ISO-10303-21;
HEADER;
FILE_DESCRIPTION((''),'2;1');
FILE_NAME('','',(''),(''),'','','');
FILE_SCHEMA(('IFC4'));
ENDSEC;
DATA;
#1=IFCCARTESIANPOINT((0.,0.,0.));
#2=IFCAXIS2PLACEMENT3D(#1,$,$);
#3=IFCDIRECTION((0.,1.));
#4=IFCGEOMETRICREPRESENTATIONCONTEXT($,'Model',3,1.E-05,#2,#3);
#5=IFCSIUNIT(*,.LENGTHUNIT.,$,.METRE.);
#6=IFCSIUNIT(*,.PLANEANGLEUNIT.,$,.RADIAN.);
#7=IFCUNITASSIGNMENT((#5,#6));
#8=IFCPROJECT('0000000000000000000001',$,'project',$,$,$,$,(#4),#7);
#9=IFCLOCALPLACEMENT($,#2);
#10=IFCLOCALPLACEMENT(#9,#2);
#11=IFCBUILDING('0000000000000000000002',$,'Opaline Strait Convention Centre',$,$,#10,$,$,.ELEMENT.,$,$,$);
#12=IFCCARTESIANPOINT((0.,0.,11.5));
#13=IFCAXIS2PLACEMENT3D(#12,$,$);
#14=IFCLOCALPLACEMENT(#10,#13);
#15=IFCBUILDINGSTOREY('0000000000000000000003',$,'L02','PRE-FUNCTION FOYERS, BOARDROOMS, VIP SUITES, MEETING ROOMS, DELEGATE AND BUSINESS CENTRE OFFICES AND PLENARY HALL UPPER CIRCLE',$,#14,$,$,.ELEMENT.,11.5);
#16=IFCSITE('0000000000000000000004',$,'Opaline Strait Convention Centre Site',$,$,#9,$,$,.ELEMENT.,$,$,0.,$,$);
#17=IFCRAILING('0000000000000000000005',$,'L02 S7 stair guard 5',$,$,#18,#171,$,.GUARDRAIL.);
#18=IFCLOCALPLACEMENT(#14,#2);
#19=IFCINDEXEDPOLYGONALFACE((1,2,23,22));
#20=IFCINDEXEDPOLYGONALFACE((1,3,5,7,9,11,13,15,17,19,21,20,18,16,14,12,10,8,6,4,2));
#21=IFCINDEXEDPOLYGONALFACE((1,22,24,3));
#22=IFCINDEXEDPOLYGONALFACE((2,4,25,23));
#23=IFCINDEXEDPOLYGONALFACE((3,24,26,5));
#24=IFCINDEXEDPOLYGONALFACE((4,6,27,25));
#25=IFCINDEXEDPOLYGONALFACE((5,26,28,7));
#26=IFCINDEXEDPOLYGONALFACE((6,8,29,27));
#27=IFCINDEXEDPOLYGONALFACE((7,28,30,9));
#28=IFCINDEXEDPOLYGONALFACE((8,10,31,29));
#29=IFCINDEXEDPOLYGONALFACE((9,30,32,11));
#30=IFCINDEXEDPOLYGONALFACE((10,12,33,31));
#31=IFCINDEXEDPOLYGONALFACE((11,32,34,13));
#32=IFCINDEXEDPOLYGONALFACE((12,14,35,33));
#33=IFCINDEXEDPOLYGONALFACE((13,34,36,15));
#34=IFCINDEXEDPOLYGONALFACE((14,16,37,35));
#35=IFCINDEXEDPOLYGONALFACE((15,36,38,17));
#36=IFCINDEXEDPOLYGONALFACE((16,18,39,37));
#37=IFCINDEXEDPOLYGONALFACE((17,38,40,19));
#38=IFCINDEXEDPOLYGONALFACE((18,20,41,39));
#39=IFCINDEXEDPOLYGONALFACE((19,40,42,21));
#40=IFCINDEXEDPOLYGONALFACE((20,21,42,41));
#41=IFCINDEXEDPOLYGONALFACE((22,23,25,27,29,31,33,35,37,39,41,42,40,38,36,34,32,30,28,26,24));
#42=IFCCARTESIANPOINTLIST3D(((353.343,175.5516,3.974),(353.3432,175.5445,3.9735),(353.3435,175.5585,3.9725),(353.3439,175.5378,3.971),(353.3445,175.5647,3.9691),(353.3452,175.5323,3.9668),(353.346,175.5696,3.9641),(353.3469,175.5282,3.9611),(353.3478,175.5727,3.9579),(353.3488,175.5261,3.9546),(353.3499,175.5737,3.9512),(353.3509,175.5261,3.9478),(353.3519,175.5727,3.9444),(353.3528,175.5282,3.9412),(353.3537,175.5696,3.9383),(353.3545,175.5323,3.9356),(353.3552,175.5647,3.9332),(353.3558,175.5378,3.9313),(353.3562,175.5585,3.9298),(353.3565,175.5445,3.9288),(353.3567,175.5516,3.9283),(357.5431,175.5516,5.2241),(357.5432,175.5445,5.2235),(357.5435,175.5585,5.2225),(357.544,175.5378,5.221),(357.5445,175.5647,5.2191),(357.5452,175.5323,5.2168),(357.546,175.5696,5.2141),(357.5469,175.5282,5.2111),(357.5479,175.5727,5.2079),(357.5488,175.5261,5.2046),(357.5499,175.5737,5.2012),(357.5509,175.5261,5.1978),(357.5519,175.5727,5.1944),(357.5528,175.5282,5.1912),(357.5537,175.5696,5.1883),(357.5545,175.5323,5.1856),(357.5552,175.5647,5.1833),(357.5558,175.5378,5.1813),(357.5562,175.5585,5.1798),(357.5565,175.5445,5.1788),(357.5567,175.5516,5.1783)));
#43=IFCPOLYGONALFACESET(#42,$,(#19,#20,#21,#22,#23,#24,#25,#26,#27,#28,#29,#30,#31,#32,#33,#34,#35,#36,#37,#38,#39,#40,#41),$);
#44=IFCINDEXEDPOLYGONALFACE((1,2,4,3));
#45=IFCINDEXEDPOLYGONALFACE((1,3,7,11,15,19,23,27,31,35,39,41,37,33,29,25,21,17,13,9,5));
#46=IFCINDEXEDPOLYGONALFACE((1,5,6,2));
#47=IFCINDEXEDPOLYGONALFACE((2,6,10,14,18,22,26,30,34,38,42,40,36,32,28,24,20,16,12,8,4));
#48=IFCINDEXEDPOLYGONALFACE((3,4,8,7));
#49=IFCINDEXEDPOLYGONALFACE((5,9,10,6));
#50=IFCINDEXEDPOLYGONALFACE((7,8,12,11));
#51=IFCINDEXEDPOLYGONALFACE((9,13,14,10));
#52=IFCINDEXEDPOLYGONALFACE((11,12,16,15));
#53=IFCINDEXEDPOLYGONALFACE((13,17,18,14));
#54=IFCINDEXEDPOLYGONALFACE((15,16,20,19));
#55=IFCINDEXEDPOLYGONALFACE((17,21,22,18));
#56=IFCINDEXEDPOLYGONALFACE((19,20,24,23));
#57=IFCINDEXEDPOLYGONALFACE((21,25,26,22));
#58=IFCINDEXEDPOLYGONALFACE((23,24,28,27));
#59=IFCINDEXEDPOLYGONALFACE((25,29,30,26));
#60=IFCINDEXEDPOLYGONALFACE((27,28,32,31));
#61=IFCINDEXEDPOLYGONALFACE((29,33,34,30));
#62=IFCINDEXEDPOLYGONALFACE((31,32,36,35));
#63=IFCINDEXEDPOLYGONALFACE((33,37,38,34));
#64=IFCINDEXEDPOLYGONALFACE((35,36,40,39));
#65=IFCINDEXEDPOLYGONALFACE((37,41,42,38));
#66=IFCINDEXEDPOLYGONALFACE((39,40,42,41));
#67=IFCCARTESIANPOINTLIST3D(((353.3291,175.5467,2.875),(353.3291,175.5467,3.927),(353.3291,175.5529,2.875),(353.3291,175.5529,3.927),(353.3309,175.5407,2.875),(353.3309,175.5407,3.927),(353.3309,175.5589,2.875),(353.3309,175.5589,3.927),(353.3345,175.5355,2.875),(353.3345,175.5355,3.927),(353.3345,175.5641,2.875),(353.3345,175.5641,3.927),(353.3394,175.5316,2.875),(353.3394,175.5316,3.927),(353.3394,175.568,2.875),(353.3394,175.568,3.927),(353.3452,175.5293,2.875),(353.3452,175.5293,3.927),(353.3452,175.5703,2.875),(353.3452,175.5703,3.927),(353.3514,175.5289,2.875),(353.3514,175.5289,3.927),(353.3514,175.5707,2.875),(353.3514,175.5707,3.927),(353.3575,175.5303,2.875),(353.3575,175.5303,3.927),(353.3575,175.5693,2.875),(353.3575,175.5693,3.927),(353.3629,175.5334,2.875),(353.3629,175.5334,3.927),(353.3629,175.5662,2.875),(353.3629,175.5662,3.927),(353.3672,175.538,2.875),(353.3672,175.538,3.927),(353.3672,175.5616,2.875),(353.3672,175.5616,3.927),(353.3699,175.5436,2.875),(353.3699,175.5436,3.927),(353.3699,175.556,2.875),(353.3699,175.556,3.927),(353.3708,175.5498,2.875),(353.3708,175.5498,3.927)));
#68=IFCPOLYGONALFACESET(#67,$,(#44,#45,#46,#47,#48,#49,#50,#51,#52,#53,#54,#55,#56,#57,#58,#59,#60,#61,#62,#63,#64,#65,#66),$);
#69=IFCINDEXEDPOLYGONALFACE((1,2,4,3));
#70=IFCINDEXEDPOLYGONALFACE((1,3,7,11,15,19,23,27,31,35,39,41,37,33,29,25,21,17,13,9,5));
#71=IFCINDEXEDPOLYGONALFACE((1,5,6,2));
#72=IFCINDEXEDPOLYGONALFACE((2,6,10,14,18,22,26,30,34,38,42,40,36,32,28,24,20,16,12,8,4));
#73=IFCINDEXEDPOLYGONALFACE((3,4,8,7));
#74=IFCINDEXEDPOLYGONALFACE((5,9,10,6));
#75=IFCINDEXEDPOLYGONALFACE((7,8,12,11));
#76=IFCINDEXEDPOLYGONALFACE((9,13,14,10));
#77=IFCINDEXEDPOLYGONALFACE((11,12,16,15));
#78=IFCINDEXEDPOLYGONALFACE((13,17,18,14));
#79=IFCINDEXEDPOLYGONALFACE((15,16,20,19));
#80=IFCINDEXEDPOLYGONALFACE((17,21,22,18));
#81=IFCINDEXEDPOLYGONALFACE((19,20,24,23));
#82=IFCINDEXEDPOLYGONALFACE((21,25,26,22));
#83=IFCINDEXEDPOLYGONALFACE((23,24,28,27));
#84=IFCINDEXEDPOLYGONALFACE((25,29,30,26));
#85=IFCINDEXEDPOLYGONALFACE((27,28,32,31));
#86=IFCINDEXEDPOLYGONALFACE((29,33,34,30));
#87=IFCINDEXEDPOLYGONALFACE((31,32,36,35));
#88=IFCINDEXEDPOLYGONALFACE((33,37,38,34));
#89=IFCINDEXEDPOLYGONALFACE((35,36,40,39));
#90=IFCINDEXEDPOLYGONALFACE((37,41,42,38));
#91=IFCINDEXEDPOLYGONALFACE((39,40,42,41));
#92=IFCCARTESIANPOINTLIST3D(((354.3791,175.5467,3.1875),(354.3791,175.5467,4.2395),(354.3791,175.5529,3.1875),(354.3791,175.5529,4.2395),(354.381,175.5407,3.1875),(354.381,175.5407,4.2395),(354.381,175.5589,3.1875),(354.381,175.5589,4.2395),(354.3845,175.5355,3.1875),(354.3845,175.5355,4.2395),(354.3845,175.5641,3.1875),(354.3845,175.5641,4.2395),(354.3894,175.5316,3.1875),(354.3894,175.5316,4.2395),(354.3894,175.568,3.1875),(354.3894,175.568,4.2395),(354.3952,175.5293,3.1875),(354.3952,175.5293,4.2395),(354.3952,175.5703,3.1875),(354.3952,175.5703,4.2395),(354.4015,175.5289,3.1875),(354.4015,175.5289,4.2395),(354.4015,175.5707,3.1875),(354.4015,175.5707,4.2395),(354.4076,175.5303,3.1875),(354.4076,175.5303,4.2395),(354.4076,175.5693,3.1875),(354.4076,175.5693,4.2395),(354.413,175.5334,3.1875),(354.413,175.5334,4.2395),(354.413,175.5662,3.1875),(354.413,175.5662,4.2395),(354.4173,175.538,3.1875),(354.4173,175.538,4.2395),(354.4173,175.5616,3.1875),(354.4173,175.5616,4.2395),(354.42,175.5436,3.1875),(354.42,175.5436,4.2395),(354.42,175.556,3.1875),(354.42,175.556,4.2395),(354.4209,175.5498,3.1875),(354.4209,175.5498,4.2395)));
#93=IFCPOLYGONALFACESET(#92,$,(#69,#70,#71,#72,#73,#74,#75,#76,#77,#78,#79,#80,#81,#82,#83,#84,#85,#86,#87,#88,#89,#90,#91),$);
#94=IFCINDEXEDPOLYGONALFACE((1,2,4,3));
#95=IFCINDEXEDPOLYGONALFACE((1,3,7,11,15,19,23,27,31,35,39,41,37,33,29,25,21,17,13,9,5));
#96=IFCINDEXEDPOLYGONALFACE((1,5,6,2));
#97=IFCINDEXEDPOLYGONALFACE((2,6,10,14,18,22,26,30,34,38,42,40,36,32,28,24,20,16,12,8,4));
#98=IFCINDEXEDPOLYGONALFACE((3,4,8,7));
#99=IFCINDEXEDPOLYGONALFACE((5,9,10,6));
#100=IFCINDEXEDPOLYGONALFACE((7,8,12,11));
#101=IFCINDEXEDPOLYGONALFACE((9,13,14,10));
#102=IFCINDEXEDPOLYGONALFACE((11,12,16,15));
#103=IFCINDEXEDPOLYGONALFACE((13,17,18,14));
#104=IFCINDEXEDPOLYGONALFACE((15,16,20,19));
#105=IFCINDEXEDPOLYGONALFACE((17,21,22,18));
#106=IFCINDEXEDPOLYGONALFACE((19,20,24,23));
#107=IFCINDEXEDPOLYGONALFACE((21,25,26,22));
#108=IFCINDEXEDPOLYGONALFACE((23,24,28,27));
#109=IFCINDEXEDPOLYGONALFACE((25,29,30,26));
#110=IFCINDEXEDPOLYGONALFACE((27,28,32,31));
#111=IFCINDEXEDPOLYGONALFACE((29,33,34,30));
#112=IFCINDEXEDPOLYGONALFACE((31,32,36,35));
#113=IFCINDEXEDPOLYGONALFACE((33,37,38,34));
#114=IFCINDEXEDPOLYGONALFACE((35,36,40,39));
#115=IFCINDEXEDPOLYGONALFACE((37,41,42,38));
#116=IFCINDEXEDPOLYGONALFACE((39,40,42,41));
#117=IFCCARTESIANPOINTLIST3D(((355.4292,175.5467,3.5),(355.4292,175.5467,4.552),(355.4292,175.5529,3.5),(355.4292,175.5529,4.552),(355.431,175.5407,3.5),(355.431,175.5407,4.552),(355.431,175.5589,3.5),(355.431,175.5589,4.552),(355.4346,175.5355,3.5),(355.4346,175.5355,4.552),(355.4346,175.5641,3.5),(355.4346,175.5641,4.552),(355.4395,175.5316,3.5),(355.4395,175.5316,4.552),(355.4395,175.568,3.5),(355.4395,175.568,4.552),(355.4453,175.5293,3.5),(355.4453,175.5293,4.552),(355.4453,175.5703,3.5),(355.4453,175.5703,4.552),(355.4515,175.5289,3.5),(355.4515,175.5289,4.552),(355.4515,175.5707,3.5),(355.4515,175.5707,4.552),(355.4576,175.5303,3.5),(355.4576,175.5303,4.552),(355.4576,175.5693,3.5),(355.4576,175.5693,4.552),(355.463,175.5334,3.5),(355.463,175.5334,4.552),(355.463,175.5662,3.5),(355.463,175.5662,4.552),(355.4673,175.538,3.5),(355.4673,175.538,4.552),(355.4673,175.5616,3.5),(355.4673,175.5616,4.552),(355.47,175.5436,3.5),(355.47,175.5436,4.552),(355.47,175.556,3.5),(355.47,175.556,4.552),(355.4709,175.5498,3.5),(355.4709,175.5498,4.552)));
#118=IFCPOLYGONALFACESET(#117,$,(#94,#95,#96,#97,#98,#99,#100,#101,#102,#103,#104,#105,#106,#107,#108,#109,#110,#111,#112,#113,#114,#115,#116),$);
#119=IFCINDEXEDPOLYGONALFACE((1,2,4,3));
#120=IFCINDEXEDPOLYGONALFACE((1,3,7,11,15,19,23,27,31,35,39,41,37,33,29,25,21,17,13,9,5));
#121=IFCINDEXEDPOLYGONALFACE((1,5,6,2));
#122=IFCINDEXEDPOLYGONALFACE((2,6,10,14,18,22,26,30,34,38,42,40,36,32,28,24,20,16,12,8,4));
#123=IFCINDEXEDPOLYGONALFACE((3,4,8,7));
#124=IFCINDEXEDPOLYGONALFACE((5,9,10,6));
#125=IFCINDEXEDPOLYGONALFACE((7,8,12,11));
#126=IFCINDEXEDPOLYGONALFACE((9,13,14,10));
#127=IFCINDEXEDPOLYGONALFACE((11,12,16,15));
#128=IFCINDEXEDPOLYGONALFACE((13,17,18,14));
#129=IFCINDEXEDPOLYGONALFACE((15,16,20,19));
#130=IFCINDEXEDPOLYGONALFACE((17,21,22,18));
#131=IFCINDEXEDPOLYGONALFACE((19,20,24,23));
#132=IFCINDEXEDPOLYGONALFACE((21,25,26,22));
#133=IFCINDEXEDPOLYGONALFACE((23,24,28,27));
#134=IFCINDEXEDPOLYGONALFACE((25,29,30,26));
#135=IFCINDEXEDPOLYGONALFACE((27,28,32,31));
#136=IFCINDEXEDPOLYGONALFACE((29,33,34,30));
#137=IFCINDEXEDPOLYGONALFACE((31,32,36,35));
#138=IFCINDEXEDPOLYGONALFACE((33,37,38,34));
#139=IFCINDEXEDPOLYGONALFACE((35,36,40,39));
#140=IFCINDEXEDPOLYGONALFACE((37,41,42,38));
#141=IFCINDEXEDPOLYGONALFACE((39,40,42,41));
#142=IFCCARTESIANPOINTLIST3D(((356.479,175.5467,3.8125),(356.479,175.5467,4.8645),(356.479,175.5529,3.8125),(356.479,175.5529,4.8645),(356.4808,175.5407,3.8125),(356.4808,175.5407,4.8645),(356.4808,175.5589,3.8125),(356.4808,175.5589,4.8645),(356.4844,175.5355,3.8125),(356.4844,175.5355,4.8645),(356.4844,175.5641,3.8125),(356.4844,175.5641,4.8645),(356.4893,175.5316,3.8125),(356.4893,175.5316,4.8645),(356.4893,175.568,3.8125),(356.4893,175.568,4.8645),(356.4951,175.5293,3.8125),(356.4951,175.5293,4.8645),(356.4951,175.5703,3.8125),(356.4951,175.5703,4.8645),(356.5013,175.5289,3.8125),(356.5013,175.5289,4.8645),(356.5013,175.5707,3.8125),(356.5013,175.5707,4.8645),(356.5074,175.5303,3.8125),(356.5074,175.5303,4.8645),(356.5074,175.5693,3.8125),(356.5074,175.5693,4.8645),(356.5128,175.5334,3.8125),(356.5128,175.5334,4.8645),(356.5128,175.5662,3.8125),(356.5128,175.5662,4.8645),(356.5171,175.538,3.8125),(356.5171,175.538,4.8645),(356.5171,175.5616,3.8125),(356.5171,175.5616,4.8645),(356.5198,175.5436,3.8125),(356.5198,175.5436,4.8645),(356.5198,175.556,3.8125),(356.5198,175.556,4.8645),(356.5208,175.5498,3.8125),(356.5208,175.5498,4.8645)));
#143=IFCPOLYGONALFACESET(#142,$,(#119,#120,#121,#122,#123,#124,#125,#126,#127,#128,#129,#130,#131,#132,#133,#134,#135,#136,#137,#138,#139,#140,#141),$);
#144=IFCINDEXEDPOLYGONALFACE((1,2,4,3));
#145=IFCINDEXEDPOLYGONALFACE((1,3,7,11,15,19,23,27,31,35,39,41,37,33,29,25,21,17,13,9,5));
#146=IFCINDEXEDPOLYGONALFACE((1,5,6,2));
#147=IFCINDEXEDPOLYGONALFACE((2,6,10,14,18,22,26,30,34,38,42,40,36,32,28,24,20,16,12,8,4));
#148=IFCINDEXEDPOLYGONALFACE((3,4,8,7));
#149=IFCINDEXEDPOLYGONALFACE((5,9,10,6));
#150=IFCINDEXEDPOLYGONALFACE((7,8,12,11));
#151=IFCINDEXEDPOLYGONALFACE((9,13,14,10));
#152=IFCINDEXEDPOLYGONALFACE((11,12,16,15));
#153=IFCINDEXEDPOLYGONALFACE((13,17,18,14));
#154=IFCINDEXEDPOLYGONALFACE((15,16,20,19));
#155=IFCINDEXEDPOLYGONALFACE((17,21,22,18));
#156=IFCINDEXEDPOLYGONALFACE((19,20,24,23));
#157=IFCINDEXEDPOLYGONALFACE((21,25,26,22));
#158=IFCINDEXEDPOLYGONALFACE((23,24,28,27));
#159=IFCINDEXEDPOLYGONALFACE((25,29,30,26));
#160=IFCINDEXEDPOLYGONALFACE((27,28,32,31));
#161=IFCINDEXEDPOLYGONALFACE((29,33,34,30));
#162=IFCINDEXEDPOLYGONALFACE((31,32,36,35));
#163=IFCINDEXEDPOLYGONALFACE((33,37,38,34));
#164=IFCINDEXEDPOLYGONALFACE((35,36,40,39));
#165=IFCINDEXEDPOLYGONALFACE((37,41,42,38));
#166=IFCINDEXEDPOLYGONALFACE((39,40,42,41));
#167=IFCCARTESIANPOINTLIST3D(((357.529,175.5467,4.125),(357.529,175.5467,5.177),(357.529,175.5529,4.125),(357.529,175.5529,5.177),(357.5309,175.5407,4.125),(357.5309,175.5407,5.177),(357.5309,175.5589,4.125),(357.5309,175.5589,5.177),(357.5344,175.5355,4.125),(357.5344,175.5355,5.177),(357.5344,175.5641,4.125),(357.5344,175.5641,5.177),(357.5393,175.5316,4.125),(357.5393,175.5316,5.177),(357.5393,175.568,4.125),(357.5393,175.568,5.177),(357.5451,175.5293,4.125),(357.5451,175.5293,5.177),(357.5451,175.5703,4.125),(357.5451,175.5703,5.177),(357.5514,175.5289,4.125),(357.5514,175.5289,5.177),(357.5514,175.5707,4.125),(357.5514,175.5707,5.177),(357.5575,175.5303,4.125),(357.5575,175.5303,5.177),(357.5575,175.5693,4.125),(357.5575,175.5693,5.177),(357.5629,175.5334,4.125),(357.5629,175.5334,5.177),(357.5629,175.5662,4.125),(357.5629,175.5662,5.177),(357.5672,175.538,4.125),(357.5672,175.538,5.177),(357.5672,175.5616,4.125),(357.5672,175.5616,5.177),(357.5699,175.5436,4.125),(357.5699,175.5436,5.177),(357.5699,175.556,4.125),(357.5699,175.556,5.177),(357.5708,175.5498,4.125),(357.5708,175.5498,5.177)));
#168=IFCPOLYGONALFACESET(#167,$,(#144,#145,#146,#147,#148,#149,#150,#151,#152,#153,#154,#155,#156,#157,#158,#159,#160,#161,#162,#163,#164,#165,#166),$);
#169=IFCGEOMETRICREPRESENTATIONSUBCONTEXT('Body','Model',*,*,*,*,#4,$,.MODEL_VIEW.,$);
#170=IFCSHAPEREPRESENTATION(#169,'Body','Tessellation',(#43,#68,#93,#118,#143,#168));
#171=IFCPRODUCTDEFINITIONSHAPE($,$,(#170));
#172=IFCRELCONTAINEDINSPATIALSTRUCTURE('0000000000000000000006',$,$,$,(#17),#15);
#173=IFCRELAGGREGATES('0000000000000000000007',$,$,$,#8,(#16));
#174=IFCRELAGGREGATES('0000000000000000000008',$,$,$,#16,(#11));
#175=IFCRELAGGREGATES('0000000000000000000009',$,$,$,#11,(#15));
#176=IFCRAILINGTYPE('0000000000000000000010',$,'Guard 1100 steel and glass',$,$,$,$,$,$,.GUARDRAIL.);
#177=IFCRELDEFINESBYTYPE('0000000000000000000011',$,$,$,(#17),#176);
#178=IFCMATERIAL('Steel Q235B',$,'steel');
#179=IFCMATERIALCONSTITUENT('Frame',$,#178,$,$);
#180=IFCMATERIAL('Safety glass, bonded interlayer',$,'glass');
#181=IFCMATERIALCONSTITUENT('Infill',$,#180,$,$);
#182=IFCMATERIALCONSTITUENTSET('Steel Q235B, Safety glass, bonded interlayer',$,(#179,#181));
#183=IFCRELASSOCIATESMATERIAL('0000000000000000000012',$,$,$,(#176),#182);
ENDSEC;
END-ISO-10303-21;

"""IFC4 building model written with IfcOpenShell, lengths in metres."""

from ifc_helpers import new_model, si_unit, direction, frame, origin, origin_2d, place, context, subcontext, project, spatial, circle, extrude, material, constituent, constituent_set, type_object, element, save


model = new_model("IFC4")

# Units and contexts
model_context = context("Model", 3, precision=1e-05, world=origin(), true_north=direction((0.0, 1.0)))
body_context = subcontext(model_context, "Body", "Model", "MODEL_VIEW")
ifc_project = project(units=[si_unit("LENGTHUNIT", "METRE"), si_unit("PLANEANGLEUNIT", "RADIAN")], contexts=[model_context])

# Site, building, storey
site_placement = place(None, origin())
site = spatial("IfcSite", under=ifc_project, at=site_placement, Name="Opaline Strait Convention Centre Site", CompositionType="ELEMENT", RefElevation=0.0)
building_placement = place(site_placement, origin())
building = spatial("IfcBuilding", under=site, at=building_placement, Name="Opaline Strait Convention Centre", CompositionType="ELEMENT")
storey_placement = place(building_placement, frame((0.0, 0.0, 11.5)))
storey = spatial("IfcBuildingStorey", under=building, at=storey_placement, Name="L02", Description="PRE-FUNCTION FOYERS, BOARDROOMS, VIP SUITES, MEETING ROOMS, DELEGATE AND BUSINESS CENTRE OFFICES AND PLENARY HALL UPPER CIRCLE", CompositionType="ELEMENT", Elevation=11.5)

# Railing
ifc_material_1 = material(Name="Steel Q235B", Category="steel")
ifc_constituent_1 = constituent(ifc_material_1, Name="Frame")
ifc_material_2 = material(Name="Safety glass, bonded interlayer", Category="glass")
ifc_constituent_2 = constituent(ifc_material_2, Name="Infill")
ifc_constituent_set = constituent_set(constituents=[ifc_constituent_1, ifc_constituent_2], Name="Steel Q235B, Safety glass, bonded interlayer")
railing_type = type_object("IfcRailingType", Name="Guard 1100 steel and glass", PredefinedType="GUARDRAIL", material=ifc_constituent_set)
railing_1_placement = place(storey_placement, frame((353.3499, 175.5498, 2.875)))
element("IfcRailing", 1, at=railing_1_placement, inside=storey, type_object=railing_type, Name="L02 S7 stair guard 5", PredefinedType="GUARDRAIL", context=body_context, shape_type="SweptSolid", body=[
    extrude(circle(Radius=0.0239, at=origin_2d()), frame((0.0, 0.0, 1.0762), z_axis=(0.958451, 0.0, 0.285257), x_axis=(0.0, 1.0, 0.0)), (0.0, 0.0, 1.0), 4.3821),
    extrude(circle(Radius=0.021, at=origin_2d()), origin(), (0.0, 0.0, 1.0), 1.052),
    extrude(circle(Radius=0.021, at=origin_2d()), frame((1.05, 0.0, 0.3125)), (0.0, 0.0, 1.0), 1.052),
    extrude(circle(Radius=0.021, at=origin_2d()), frame((2.1001, 0.0, 0.625)), (0.0, 0.0, 1.0), 1.052),
    extrude(circle(Radius=0.021, at=origin_2d()), frame((3.1499, 0.0, 0.9375)), (0.0, 0.0, 1.0), 1.052),
    extrude(circle(Radius=0.021, at=origin_2d()), frame((4.2, 0.0, 1.25)), (0.0, 0.0, 1.0), 1.052),
])

save(model, "model.ifc")
